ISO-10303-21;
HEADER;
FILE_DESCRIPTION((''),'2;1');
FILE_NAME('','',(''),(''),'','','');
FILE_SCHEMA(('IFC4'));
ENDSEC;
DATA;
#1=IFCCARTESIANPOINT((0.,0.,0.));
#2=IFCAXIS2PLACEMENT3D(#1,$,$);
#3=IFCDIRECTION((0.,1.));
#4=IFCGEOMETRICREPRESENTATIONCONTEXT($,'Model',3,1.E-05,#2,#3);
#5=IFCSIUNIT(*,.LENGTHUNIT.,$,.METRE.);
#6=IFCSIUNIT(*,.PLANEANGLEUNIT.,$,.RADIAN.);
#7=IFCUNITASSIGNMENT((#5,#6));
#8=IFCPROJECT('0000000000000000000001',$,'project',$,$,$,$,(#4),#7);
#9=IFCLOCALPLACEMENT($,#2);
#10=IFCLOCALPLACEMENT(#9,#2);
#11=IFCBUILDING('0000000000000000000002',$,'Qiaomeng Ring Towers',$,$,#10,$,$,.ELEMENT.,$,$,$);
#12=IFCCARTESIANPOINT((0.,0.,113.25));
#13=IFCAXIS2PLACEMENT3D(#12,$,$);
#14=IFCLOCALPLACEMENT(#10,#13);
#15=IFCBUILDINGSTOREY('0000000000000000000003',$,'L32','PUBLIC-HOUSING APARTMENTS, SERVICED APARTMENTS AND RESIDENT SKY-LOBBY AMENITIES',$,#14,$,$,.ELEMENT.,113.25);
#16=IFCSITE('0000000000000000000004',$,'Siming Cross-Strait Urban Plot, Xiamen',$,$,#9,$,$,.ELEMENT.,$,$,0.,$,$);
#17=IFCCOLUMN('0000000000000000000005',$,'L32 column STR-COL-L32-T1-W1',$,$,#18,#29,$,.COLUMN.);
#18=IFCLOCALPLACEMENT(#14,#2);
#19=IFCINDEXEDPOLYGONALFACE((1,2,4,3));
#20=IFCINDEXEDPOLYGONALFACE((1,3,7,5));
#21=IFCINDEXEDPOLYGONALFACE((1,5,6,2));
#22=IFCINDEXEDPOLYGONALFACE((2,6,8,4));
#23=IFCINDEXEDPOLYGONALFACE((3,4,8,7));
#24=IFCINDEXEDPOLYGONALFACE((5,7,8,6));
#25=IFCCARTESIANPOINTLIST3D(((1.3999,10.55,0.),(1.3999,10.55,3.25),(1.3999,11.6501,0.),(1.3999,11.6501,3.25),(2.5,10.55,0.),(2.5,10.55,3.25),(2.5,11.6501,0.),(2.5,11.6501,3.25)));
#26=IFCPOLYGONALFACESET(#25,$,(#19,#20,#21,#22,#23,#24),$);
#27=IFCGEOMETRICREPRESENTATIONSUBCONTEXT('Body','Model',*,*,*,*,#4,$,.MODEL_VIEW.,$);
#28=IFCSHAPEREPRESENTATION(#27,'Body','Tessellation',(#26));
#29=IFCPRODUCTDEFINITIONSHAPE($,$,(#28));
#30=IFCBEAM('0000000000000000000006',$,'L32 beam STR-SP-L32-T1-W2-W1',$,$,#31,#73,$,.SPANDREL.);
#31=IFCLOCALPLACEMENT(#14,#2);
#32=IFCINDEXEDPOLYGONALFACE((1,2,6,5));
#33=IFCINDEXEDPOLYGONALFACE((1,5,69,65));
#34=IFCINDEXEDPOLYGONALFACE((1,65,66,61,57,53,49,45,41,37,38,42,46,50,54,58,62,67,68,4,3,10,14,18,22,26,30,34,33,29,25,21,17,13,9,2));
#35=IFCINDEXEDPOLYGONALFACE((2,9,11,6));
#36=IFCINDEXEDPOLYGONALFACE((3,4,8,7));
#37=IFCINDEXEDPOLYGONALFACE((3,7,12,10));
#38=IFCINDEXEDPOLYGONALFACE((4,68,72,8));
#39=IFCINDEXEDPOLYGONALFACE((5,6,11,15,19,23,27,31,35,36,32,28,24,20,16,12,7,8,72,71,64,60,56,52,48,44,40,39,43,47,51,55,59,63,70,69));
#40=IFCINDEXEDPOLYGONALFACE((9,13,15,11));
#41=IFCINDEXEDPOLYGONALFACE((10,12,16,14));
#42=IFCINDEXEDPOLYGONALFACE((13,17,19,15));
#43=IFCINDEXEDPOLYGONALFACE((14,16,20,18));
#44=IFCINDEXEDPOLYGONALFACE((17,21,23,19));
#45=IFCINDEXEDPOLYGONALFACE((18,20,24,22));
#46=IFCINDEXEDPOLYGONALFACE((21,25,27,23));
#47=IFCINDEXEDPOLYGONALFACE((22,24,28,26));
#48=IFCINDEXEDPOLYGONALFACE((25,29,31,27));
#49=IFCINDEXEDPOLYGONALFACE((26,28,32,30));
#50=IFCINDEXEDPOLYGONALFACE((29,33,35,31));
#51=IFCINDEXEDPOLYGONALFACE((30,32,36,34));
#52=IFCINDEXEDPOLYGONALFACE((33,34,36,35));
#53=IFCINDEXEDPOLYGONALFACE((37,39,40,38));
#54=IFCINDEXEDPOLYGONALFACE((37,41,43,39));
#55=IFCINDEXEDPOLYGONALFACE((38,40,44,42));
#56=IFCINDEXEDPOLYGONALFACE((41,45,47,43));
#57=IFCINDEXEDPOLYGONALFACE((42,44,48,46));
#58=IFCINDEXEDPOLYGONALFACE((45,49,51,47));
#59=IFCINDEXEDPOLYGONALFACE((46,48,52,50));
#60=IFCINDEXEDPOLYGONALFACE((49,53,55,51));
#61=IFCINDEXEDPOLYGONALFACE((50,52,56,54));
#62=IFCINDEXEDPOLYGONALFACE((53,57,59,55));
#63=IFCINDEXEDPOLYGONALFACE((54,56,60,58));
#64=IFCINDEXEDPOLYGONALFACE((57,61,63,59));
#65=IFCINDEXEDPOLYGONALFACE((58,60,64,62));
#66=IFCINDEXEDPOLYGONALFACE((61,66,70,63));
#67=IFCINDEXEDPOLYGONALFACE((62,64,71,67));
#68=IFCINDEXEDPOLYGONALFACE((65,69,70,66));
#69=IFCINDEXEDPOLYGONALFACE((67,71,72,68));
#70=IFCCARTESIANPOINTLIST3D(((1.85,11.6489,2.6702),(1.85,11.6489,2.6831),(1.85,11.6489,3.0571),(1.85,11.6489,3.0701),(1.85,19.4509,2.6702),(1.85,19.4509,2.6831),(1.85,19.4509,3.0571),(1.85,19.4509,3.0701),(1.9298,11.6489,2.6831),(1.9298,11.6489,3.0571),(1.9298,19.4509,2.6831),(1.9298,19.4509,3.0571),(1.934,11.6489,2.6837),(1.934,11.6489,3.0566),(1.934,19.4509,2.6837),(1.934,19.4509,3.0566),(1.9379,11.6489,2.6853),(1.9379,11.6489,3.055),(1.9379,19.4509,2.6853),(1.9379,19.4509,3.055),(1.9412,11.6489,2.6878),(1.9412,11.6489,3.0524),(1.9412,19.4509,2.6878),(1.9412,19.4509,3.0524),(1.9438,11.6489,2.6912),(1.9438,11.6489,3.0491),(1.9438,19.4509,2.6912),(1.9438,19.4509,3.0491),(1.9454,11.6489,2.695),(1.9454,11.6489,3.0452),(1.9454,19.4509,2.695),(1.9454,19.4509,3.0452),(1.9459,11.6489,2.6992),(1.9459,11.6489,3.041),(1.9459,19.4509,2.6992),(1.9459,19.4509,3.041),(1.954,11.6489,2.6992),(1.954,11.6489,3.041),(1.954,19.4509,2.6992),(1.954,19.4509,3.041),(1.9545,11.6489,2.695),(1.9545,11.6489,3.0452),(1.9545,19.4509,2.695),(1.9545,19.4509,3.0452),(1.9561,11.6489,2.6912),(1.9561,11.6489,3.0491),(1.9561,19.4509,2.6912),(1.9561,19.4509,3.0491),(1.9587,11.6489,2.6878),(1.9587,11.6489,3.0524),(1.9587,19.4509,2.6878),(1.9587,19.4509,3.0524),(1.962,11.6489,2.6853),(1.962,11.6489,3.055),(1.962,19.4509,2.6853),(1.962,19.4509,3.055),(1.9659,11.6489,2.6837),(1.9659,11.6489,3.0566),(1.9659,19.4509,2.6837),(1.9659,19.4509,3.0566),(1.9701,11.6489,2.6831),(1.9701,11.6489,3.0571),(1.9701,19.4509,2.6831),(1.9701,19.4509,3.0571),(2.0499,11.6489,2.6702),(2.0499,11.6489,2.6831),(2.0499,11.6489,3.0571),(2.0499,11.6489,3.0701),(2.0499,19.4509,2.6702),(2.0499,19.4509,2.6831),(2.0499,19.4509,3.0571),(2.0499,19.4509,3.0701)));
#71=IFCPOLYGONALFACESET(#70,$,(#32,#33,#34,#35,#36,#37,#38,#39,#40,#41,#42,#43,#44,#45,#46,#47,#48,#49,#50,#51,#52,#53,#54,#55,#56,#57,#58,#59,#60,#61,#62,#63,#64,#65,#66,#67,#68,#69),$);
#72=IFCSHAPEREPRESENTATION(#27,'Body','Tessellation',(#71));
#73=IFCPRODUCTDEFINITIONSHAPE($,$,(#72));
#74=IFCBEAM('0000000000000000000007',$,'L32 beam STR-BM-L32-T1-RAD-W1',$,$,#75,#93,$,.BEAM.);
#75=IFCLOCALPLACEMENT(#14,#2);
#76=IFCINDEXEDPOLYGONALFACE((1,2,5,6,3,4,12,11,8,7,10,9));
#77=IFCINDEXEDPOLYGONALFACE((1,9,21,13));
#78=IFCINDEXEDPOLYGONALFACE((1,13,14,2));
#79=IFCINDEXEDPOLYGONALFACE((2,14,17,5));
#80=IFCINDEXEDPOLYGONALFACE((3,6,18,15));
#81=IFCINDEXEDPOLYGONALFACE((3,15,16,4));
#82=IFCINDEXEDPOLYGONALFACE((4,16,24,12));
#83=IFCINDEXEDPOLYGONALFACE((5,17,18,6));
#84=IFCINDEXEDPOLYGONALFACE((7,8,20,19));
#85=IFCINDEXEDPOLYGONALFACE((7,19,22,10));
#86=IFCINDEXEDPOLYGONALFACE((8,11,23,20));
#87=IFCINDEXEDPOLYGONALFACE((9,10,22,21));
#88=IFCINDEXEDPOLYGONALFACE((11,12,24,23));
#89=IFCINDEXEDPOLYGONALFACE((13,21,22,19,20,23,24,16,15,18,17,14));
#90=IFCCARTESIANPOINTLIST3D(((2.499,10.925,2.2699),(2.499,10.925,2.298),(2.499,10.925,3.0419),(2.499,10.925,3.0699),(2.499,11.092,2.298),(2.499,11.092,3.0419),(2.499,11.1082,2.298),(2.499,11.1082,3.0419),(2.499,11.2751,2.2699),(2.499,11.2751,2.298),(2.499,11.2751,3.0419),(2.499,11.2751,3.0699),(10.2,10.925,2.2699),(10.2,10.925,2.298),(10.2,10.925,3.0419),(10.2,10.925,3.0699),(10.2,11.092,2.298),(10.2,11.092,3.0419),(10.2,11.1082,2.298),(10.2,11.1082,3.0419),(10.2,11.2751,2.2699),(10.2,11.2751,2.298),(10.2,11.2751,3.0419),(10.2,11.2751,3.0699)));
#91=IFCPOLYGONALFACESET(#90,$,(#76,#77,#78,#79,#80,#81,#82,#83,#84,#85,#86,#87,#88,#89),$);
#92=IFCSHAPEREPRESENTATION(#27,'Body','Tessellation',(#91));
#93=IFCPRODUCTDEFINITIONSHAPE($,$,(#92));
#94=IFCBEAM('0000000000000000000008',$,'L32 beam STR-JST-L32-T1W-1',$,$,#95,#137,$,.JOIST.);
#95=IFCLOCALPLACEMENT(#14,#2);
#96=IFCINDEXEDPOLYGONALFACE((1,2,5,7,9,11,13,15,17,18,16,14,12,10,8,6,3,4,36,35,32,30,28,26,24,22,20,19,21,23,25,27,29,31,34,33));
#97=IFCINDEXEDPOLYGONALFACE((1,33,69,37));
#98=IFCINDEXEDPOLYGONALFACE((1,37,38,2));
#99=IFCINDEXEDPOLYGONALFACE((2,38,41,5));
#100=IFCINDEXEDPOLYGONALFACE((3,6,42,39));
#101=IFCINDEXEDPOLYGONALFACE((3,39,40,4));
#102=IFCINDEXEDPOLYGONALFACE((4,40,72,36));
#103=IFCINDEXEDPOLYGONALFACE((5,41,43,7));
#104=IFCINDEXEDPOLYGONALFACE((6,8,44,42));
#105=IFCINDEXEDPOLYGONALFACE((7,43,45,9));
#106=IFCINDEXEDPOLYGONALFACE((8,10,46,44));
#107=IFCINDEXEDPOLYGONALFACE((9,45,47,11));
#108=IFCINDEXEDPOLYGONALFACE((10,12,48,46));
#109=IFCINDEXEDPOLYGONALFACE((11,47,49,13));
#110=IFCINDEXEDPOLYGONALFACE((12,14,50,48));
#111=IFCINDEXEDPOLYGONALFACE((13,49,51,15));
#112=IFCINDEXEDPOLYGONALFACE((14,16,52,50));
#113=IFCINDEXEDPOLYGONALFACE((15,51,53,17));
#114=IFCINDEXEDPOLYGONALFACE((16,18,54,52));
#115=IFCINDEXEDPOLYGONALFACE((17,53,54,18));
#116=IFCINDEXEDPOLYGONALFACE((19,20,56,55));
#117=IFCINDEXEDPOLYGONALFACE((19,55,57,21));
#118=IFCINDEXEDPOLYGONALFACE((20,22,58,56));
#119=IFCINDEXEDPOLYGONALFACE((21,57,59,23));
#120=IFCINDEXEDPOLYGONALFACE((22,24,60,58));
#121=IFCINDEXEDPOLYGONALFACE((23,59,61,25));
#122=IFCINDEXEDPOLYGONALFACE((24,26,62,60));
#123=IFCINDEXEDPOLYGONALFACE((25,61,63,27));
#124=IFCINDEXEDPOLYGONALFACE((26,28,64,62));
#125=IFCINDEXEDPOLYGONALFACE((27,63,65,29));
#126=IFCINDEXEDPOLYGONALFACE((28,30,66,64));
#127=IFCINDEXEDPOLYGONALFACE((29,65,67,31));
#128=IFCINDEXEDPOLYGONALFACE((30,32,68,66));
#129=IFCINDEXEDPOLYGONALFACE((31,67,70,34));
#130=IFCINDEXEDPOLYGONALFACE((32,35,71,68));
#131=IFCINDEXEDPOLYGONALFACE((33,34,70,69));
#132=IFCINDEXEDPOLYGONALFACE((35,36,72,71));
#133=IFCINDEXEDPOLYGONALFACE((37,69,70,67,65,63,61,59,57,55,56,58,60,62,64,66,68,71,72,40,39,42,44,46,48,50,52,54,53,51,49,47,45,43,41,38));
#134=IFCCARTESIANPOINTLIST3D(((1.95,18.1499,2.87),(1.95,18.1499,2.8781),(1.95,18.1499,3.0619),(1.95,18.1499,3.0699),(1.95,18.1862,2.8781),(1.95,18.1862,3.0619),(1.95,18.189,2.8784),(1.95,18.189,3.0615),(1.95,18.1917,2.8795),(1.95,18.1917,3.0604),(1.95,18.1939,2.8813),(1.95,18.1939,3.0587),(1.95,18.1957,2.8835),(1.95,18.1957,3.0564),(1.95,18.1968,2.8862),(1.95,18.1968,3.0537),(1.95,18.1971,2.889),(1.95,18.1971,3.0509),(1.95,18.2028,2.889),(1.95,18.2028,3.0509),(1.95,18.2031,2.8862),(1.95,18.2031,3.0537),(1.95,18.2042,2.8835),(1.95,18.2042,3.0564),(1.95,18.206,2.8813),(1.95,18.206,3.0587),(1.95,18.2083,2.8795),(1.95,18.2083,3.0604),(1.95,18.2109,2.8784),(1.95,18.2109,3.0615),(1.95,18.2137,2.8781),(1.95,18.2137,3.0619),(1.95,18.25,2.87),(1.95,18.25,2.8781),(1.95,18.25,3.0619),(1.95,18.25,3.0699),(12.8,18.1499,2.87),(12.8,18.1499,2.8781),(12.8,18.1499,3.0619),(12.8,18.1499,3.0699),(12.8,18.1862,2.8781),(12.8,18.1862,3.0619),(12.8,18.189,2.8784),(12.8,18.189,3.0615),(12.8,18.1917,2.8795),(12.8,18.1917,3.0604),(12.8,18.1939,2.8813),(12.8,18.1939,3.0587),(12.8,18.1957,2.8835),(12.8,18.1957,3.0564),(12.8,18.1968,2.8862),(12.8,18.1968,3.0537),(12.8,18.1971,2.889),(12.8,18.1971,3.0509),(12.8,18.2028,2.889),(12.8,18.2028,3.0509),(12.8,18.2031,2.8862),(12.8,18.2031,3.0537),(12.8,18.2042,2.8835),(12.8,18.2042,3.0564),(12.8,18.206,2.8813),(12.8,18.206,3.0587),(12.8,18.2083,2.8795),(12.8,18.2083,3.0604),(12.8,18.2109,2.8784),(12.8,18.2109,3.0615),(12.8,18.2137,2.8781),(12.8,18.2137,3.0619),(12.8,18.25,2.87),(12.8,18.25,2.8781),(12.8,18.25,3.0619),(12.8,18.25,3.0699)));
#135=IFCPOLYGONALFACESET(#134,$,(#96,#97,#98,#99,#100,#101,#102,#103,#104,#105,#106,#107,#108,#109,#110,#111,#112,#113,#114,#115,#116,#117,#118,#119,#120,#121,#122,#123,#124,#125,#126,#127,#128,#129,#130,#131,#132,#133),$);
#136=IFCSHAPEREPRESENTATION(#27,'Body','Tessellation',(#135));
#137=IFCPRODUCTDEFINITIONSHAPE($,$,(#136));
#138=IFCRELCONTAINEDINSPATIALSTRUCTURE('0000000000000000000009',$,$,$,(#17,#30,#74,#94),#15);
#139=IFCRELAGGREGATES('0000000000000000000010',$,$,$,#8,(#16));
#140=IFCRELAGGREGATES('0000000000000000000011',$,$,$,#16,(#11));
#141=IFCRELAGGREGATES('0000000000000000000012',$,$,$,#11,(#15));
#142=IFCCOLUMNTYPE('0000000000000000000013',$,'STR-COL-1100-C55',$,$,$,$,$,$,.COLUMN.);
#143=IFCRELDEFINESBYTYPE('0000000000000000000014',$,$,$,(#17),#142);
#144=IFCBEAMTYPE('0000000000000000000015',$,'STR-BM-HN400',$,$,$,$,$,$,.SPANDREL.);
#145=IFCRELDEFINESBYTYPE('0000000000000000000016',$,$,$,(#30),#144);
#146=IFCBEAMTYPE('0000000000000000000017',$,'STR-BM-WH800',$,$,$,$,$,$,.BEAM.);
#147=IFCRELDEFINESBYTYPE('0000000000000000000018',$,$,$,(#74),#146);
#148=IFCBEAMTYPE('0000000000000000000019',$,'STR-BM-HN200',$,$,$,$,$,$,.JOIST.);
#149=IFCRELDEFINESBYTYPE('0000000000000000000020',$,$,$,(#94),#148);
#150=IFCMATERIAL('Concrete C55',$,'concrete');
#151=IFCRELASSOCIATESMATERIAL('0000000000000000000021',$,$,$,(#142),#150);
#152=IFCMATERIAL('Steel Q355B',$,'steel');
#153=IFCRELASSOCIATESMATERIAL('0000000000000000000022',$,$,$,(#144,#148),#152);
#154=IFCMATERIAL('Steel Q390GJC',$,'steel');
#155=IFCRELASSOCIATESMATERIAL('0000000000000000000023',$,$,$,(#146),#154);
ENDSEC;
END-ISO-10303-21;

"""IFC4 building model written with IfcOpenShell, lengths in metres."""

from ifc_helpers import new_model, si_unit, direction, frame, origin, origin_2d, place, context, subcontext, project, spatial, rectangle, i_section, extrude, source, transform, mapped, material, material_profile, profile_set, type_object, element, save


model = new_model("IFC4")

# Units and contexts
model_context = context("Model", 3, precision=1e-05, world=origin(), true_north=direction((0.0, 1.0)))
body_context = subcontext(model_context, "Body", "Model", "MODEL_VIEW")
ifc_project = project(units=[si_unit("LENGTHUNIT", "METRE"), si_unit("PLANEANGLEUNIT", "RADIAN")], contexts=[model_context])

# Site, building, storey
site_placement = place(None, origin())
site = spatial("IfcSite", under=ifc_project, at=site_placement, Name="Siming Cross-Strait Urban Plot, Xiamen", CompositionType="ELEMENT", RefElevation=0.0)
building_placement = place(site_placement, origin())
building = spatial("IfcBuilding", under=site, at=building_placement, Name="Qiaomeng Ring Towers", CompositionType="ELEMENT")
storey_placement = place(building_placement, frame((0.0, 0.0, 113.25)))
storey = spatial("IfcBuildingStorey", under=building, at=storey_placement, Name="L32", Description="PUBLIC-HOUSING APARTMENTS, SERVICED APARTMENTS AND RESIDENT SKY-LOBBY AMENITIES", CompositionType="ELEMENT", Elevation=113.25)

# Column
ifc_material_1 = material(Name="Concrete C55", Category="concrete")
ifc_material_profile_1 = material_profile(ifc_material_1, rectangle(XDim=1.1001, YDim=1.1001, at=origin_2d()), Name="RC COL 1100x1100")
ifc_profile_set_1 = profile_set([ifc_material_profile_1], Name="Concrete C55")
column_type = type_object("IfcColumnType", Name="STR-COL-1100-C55", PredefinedType="COLUMN", material=ifc_profile_set_1)
shared_shape_1 = source(origin(), body_context, "Body", "SweptSolid", [
    extrude(rectangle(XDim=1.1001, YDim=1.1001, at=origin_2d()), origin(), (0.0, 0.0, 1.0), 3.25),
])
column_placement = place(storey_placement, frame((1.95, 11.1001, 0.0), z_axis=(0.0, 0.0, 1.0), x_axis=(1.0, 0.0, 0.0)))
element("IfcColumn", 1, at=column_placement, inside=storey, type_object=column_type, Name="L32 column STR-COL-L32-T1-W1", PredefinedType="COLUMN", context=body_context, shape_type="MappedRepresentation", body=[
    mapped(shared_shape_1, transform((0.0, 0.0, 0.0), x_axis=(1.0, 0.0, 0.0), y_axis=(0.0, 1.0, 0.0), z_axis=(0.0, 0.0, 1.0), scale=1.0)),
])

# Beams
ifc_material_2 = material(Name="Steel Q355B", Category="steel")
ifc_material_profile_2 = material_profile(ifc_material_2, i_section(OverallWidth=0.2, OverallDepth=0.3999, WebThickness=0.0081, FlangeThickness=0.0129, FilletRadius=0.0161, at=origin_2d()), Name="HN 400x200x8x13")
ifc_profile_set_2 = profile_set([ifc_material_profile_2], Name="Steel Q355B")
beam_type_1 = type_object("IfcBeamType", Name="STR-BM-HN400", PredefinedType="SPANDREL", material=ifc_profile_set_2)
shared_shape_2 = source(origin(), body_context, "Body", "SweptSolid", [
    extrude(i_section(OverallWidth=0.2, OverallDepth=0.3999, WebThickness=0.0081, FlangeThickness=0.0129, FilletRadius=0.0161, at=origin_2d()), origin(), (0.0, 0.0, 1.0), 7.802),
])
beam_1_placement = place(storey_placement, frame((1.95, 19.4509, 2.8701), z_axis=(0.0, -1.0, 0.0), x_axis=(1.0, 0.0, 0.0)))
element("IfcBeam", 2, at=beam_1_placement, inside=storey, type_object=beam_type_1, Name="L32 beam STR-SP-L32-T1-W2-W1", PredefinedType="SPANDREL", context=body_context, shape_type="MappedRepresentation", body=[
    mapped(shared_shape_2, transform((0.0, 0.0, 0.0), x_axis=(1.0, 0.0, 0.0), y_axis=(0.0, 1.0, 0.0), z_axis=(0.0, 0.0, 1.0), scale=1.0)),
])
ifc_material_3 = material(Name="Steel Q390GJC", Category="steel")
ifc_material_profile_3 = material_profile(ifc_material_3, i_section(OverallWidth=0.3501, OverallDepth=0.8, WebThickness=0.0161, FlangeThickness=0.0281, at=origin_2d()), Name="WH 800x350x16x28")
ifc_profile_set_3 = profile_set([ifc_material_profile_3], Name="Steel Q390GJC")
beam_type_2 = type_object("IfcBeamType", Name="STR-BM-WH800", PredefinedType="BEAM", material=ifc_profile_set_3)
shared_shape_3 = source(origin(), body_context, "Body", "SweptSolid", [
    extrude(i_section(OverallWidth=0.3501, OverallDepth=0.8, WebThickness=0.0161, FlangeThickness=0.0281, at=origin_2d()), origin(), (0.0, 0.0, 1.0), 7.7009),
])
beam_2_placement = place(storey_placement, frame((2.499, 11.1001, 2.6699), z_axis=(1.0, 0.0, 0.0), x_axis=(0.0, 1.0, 0.0)))
element("IfcBeam", 3, at=beam_2_placement, inside=storey, type_object=beam_type_2, Name="L32 beam STR-BM-L32-T1-RAD-W1", PredefinedType="BEAM", context=body_context, shape_type="MappedRepresentation", body=[
    mapped(shared_shape_3, transform((0.0, 0.0, 0.0), x_axis=(1.0, 0.0, 0.0), y_axis=(0.0, 1.0, 0.0), z_axis=(0.0, 0.0, 1.0), scale=1.0)),
])
ifc_material_profile_4 = material_profile(ifc_material_2, i_section(OverallWidth=0.1001, OverallDepth=0.2, WebThickness=0.0056, FlangeThickness=0.0081, FilletRadius=0.011, at=origin_2d()), Name="HN 200x100x5.5x8")
ifc_profile_set_4 = profile_set([ifc_material_profile_4], Name="Steel Q355B")
beam_type_3 = type_object("IfcBeamType", Name="STR-BM-HN200", PredefinedType="JOIST", material=ifc_profile_set_4)
shared_shape_4 = source(origin(), body_context, "Body", "SweptSolid", [
    extrude(i_section(OverallWidth=0.1001, OverallDepth=0.2, WebThickness=0.0056, FlangeThickness=0.0081, FilletRadius=0.011, at=origin_2d()), origin(), (0.0, 0.0, 1.0), 10.8501),
])
beam_3_placement = place(storey_placement, frame((1.95, 18.2, 2.97), z_axis=(1.0, 0.0, 0.0), x_axis=(0.0, 1.0, 0.0)))
element("IfcBeam", 4, at=beam_3_placement, inside=storey, type_object=beam_type_3, Name="L32 beam STR-JST-L32-T1W-1", PredefinedType="JOIST", context=body_context, shape_type="MappedRepresentation", body=[
    mapped(shared_shape_4, transform((0.0, 0.0, 0.0), x_axis=(1.0, 0.0, 0.0), y_axis=(0.0, 1.0, 0.0), z_axis=(0.0, 0.0, 1.0), scale=1.0)),
])

save(model, "model.ifc")
